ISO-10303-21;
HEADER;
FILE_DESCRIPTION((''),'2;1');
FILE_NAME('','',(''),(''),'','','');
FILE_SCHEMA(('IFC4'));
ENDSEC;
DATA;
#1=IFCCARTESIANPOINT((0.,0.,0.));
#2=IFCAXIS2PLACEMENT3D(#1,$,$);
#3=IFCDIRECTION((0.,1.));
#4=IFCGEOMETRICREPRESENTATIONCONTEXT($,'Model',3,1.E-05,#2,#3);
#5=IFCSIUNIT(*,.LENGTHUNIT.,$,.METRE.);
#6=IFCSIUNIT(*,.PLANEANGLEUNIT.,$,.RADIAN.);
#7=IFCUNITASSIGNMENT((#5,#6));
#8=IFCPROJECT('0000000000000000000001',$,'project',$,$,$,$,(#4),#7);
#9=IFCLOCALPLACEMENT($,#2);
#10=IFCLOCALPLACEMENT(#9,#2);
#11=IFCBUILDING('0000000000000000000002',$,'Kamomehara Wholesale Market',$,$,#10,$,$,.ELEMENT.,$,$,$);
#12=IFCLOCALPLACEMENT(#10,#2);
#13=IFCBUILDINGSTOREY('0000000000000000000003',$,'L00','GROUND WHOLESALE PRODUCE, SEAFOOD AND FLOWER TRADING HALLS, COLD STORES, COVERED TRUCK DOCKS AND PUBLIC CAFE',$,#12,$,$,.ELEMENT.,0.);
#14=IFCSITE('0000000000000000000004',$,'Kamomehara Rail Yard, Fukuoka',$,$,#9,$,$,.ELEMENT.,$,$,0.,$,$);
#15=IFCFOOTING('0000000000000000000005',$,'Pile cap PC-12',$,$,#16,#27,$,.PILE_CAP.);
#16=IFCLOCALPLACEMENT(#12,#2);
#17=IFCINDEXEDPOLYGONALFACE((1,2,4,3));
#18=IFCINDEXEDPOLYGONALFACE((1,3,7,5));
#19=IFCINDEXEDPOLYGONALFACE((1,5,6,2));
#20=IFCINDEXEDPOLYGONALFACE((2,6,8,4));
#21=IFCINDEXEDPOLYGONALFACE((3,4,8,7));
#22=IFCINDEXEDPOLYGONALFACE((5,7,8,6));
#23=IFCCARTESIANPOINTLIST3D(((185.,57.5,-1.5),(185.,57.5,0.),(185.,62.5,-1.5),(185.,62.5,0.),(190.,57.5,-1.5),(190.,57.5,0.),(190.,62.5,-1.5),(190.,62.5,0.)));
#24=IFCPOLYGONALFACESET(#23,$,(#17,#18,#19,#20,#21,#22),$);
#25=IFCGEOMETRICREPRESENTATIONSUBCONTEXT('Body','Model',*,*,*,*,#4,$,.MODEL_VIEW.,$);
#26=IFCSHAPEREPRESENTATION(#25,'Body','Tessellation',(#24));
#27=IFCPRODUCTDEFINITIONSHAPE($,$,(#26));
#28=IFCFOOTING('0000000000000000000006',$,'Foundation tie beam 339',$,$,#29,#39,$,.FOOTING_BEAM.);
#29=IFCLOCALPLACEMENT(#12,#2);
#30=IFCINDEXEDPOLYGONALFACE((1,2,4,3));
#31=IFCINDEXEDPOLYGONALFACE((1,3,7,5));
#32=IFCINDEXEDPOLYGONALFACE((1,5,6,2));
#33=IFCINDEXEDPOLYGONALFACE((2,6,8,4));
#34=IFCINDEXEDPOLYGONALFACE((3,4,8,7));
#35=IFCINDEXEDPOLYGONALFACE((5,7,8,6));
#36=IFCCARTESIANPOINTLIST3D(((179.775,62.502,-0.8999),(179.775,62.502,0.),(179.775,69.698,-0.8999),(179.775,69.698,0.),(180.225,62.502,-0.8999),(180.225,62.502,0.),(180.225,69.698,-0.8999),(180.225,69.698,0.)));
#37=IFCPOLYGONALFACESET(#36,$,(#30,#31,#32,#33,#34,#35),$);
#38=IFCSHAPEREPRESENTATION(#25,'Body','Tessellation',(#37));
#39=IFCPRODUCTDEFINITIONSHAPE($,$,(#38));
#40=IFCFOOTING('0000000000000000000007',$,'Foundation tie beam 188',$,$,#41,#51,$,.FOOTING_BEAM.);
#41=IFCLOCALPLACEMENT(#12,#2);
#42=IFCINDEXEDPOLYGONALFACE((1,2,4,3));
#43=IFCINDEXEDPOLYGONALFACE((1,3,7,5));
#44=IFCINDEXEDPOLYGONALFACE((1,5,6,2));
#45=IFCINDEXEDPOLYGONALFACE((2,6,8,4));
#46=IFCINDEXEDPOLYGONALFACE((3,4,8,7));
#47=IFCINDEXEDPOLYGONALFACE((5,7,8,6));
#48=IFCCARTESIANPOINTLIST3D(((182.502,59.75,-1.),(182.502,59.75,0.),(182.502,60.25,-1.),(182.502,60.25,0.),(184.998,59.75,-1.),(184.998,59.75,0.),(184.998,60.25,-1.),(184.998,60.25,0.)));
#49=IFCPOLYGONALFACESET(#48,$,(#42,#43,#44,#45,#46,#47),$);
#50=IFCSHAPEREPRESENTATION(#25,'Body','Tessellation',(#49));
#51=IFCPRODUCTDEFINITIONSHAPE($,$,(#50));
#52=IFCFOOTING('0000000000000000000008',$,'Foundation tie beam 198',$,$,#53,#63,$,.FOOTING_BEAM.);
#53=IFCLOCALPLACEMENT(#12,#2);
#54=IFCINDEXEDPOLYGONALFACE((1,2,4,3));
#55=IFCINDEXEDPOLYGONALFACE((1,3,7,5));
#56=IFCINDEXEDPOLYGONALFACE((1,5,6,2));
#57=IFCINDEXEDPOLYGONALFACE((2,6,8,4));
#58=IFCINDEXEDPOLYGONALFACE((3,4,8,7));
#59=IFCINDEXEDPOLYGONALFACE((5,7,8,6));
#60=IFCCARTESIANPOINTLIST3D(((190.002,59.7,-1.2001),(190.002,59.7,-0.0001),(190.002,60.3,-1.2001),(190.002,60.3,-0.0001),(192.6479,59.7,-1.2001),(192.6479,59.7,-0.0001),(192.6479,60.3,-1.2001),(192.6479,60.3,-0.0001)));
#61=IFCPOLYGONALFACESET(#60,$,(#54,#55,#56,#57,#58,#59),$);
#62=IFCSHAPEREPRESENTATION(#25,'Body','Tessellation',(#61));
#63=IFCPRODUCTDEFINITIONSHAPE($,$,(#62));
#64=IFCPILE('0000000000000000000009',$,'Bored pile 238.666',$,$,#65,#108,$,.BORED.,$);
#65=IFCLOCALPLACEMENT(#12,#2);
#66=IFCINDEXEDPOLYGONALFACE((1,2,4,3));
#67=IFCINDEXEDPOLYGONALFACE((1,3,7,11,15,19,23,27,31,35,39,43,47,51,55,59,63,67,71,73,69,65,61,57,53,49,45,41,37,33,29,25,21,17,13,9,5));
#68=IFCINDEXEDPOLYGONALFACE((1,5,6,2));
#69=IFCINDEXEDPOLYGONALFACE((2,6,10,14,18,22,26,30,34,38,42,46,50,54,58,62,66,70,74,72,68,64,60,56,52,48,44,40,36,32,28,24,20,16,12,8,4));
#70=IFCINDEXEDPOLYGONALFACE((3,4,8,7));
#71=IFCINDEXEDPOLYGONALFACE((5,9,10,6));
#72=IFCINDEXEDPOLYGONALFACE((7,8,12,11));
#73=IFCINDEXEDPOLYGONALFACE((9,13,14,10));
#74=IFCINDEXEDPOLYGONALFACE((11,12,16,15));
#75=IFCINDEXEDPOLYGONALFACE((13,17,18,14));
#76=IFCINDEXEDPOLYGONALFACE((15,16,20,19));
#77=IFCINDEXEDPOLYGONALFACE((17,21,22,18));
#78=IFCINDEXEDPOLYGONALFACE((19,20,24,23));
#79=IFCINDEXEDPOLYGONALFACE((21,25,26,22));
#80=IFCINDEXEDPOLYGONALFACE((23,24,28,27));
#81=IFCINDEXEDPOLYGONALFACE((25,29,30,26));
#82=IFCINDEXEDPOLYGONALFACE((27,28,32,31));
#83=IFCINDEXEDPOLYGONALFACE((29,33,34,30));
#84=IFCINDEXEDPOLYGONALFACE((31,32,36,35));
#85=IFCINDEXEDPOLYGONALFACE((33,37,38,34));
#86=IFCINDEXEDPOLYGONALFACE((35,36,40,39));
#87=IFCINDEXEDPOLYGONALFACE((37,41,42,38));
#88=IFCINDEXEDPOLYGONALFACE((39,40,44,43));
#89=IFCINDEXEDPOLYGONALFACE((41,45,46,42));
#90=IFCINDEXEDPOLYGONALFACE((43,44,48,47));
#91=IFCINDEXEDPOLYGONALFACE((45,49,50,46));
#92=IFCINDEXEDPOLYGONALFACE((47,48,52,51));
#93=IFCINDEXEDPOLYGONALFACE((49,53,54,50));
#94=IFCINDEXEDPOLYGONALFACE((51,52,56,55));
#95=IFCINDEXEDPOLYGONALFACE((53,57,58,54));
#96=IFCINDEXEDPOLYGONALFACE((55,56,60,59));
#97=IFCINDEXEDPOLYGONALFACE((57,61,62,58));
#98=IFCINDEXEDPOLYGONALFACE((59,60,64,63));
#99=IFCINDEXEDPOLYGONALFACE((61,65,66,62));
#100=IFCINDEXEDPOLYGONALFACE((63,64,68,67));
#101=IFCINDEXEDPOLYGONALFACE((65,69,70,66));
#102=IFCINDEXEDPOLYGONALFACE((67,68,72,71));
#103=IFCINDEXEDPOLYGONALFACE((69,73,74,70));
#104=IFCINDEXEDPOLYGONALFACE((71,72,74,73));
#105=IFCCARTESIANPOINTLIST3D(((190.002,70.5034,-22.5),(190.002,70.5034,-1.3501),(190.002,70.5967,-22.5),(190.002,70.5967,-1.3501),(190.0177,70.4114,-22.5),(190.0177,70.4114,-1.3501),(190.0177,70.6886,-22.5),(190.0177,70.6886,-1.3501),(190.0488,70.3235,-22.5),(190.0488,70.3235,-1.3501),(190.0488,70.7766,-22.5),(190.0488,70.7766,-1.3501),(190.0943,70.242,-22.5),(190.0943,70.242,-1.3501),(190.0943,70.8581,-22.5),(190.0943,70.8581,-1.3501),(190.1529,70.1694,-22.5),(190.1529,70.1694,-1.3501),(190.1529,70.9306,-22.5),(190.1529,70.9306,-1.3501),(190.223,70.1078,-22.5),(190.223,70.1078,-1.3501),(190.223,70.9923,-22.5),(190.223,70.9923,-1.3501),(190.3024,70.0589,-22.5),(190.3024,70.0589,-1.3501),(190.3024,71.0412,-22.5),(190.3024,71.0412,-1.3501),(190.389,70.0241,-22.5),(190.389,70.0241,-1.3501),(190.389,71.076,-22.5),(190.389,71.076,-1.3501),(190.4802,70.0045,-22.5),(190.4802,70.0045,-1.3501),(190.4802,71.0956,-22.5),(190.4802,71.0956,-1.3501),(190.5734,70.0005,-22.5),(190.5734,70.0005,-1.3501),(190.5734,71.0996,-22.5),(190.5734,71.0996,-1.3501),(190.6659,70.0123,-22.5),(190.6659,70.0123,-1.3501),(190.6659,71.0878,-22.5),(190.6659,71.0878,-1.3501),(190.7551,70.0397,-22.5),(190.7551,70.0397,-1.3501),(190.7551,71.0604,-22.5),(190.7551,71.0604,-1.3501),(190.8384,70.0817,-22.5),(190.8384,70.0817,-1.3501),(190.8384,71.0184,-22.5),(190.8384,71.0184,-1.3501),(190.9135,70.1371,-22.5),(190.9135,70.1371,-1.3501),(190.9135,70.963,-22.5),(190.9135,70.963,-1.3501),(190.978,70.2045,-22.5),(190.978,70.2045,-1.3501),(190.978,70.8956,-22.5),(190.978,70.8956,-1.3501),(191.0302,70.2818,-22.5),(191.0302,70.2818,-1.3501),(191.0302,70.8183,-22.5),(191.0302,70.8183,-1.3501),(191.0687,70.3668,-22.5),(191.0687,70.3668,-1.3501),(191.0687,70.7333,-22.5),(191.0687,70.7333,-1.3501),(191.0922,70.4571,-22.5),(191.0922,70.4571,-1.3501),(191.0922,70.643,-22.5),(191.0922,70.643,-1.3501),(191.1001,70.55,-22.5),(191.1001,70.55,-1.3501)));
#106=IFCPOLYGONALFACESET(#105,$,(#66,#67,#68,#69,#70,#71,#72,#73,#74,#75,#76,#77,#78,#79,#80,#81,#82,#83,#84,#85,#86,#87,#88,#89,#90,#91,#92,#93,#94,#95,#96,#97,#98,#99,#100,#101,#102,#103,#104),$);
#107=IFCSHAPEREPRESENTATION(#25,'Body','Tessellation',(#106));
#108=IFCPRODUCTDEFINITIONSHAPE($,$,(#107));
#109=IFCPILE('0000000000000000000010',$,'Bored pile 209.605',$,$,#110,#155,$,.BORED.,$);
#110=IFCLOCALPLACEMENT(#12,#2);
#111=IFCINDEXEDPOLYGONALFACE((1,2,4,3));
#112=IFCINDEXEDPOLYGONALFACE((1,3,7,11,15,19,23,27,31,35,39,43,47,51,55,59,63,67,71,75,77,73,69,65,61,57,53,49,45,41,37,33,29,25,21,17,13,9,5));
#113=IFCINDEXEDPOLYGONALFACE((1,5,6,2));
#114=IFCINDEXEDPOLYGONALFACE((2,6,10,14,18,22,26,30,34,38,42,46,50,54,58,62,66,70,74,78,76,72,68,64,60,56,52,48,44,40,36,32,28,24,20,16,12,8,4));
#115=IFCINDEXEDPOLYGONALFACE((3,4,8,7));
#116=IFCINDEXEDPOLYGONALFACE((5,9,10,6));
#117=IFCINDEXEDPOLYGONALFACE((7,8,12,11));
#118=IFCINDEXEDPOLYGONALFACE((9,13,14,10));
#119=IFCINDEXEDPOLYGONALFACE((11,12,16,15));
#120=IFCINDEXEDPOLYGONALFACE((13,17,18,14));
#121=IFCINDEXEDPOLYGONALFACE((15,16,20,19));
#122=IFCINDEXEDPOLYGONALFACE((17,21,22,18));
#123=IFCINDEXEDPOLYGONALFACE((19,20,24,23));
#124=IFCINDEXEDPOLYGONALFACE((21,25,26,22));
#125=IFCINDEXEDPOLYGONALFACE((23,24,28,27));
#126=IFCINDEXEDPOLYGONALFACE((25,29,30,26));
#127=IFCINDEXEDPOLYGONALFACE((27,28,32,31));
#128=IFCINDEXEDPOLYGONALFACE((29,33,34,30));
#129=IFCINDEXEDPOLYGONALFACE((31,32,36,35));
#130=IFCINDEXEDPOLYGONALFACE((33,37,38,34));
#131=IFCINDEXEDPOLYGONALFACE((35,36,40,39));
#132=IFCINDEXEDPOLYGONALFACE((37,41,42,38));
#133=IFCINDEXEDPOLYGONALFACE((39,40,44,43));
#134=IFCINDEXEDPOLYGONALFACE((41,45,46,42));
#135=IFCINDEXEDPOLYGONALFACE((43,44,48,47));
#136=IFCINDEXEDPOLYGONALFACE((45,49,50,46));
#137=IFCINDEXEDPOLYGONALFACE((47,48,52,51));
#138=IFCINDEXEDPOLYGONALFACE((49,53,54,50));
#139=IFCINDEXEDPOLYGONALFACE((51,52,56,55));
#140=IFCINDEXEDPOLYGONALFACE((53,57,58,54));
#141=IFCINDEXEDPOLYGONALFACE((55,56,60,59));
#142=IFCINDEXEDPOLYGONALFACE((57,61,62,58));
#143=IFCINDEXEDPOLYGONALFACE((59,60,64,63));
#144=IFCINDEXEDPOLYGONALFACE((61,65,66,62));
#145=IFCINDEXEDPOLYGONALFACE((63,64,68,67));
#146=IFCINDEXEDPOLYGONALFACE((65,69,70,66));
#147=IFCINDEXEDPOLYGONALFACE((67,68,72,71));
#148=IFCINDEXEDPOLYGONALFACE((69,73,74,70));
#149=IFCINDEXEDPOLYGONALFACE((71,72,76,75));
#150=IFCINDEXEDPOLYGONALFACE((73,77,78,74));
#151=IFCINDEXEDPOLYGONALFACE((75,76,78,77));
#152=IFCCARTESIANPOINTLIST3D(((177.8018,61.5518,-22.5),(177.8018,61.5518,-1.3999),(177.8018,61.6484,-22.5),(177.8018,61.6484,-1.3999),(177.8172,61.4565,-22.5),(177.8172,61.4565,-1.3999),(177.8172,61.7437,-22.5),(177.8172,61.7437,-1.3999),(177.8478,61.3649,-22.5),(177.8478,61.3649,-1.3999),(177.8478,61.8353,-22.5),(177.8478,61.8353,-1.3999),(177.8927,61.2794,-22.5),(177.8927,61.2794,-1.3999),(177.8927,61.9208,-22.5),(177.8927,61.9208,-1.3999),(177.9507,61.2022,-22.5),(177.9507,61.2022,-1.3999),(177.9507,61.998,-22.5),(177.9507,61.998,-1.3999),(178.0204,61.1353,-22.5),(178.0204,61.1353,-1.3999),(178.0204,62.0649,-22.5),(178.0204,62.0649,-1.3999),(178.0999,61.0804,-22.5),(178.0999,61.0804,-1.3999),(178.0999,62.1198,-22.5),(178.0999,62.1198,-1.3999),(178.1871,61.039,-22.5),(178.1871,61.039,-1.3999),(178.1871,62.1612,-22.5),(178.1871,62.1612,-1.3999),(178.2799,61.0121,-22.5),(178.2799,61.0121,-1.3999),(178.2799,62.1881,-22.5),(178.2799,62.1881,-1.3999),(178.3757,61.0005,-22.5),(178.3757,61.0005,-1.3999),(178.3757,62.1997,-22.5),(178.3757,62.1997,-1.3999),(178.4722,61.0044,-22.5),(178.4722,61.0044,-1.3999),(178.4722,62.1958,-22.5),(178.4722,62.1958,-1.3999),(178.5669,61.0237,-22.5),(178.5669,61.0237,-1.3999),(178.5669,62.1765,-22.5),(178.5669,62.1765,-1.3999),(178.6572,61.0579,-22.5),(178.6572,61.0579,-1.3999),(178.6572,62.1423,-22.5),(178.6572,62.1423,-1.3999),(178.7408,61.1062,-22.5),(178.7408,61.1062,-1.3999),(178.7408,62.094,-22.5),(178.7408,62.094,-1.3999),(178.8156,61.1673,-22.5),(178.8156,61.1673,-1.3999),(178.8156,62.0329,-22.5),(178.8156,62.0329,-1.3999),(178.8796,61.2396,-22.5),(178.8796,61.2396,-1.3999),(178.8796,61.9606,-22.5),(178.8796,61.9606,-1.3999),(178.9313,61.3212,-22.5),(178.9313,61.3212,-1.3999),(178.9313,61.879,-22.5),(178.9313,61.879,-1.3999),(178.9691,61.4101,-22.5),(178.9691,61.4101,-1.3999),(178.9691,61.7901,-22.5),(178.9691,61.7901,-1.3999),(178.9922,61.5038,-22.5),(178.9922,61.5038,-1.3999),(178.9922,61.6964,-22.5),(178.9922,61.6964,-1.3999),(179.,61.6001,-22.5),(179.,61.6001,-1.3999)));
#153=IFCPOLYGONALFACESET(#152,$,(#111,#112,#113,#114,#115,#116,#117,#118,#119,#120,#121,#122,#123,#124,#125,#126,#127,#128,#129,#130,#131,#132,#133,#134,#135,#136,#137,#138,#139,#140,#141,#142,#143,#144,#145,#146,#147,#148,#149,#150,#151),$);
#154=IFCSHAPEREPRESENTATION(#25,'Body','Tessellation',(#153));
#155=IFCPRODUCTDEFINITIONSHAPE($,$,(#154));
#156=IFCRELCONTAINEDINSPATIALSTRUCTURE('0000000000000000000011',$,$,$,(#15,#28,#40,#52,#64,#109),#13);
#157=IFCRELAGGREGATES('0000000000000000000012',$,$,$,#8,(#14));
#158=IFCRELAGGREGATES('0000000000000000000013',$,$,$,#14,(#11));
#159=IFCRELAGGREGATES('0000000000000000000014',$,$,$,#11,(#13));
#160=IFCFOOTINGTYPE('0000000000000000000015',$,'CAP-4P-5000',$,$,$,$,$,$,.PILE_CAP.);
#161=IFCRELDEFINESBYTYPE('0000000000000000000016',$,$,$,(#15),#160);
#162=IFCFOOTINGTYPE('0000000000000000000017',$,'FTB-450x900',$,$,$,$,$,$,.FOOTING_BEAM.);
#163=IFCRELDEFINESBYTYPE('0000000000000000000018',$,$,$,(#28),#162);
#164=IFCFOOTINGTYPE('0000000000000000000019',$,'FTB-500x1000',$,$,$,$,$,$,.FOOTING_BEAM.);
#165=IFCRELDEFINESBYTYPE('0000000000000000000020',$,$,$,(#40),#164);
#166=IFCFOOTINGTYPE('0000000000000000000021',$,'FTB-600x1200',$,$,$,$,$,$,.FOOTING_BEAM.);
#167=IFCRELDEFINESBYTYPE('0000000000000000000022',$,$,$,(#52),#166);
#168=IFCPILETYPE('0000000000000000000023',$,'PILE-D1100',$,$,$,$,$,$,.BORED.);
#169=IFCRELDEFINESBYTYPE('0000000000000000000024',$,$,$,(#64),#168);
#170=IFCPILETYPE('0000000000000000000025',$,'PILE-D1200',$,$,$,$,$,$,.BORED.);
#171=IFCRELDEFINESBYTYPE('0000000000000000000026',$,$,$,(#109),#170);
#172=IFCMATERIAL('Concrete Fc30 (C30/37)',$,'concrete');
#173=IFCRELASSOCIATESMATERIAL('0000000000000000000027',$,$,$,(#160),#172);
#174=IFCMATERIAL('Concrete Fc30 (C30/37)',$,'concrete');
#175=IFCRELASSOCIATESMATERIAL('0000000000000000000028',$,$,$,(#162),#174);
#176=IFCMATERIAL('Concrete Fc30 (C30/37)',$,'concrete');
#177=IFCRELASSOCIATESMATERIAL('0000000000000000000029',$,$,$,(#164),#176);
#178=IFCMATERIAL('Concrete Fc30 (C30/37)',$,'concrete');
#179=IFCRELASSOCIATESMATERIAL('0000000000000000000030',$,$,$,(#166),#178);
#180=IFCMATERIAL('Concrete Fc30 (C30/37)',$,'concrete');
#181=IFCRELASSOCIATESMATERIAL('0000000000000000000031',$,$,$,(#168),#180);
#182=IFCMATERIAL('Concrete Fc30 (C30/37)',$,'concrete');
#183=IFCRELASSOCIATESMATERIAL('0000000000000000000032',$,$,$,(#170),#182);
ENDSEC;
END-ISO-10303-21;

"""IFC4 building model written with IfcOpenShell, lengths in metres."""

from ifc_helpers import new_model, si_unit, direction, frame, origin, origin_2d, place, context, subcontext, project, spatial, rectangle, circle, extrude, material, material_profile, profile_set, type_object, element, save


model = new_model("IFC4")

# Units and contexts
model_context = context("Model", 3, precision=1e-05, world=origin(), true_north=direction((0.0, 1.0)))
body_context = subcontext(model_context, "Body", "Model", "MODEL_VIEW")
ifc_project = project(units=[si_unit("LENGTHUNIT", "METRE"), si_unit("PLANEANGLEUNIT", "RADIAN")], contexts=[model_context])

# Site, building, storey
site_placement = place(None, origin())
site = spatial("IfcSite", under=ifc_project, at=site_placement, Name="Kamomehara Rail Yard, Fukuoka", CompositionType="ELEMENT", RefElevation=0.0)
building_placement = place(site_placement, origin())
building = spatial("IfcBuilding", under=site, at=building_placement, Name="Kamomehara Wholesale Market", CompositionType="ELEMENT")
storey_placement = place(building_placement, origin())
storey = spatial("IfcBuildingStorey", under=building, at=storey_placement, Name="L00", Description="GROUND WHOLESALE PRODUCE, SEAFOOD AND FLOWER TRADING HALLS, COLD STORES, COVERED TRUCK DOCKS AND PUBLIC CAFE", CompositionType="ELEMENT", Elevation=0.0)

# Footings
ifc_material_1 = material(Name="Concrete Fc30 (C30/37)", Category="concrete")
footing_type_1 = type_object("IfcFootingType", Name="CAP-4P-5000", PredefinedType="PILE_CAP", material=ifc_material_1)
footing_1_placement = place(storey_placement, frame((187.5, 60.0, -1.5), z_axis=(0.0, 0.0, 1.0), x_axis=(1.0, 0.0, 0.0)))
element("IfcFooting", 1, at=footing_1_placement, inside=storey, type_object=footing_type_1, Name="Pile cap PC-12", PredefinedType="PILE_CAP", context=body_context, shape_type="SweptSolid", body=[
    extrude(rectangle(XDim=5.0, YDim=5.0, at=origin_2d()), origin(), (0.0, 0.0, 1.0), 1.5),
])
ifc_material_2 = material(Name="Concrete Fc30 (C30/37)", Category="concrete")
ifc_material_profile_1 = material_profile(ifc_material_2, rectangle(XDim=0.45, YDim=0.8999, at=origin_2d()), Name="RC-FTB-450x900")
ifc_profile_set_1 = profile_set([ifc_material_profile_1], Name="Concrete Fc30 (C30/37)")
footing_type_2 = type_object("IfcFootingType", Name="FTB-450x900", PredefinedType="FOOTING_BEAM", material=ifc_profile_set_1)
footing_2_placement = place(storey_placement, frame((180.0, 62.502, -0.45), z_axis=(0.0, 1.0, 0.0), x_axis=(-1.0, 0.0, 0.0)))
element("IfcFooting", 2, at=footing_2_placement, inside=storey, type_object=footing_type_2, Name="Foundation tie beam 339", PredefinedType="FOOTING_BEAM", context=body_context, shape_type="SweptSolid", body=[
    extrude(rectangle(XDim=0.45, YDim=0.8999, at=origin_2d()), origin(), (0.0, 0.0, 1.0), 7.196),
])
ifc_material_3 = material(Name="Concrete Fc30 (C30/37)", Category="concrete")
ifc_material_profile_2 = material_profile(ifc_material_3, rectangle(XDim=0.5, YDim=1.0, at=origin_2d()), Name="RC-FTB-500x1000")
ifc_profile_set_2 = profile_set([ifc_material_profile_2], Name="Concrete Fc30 (C30/37)")
footing_type_3 = type_object("IfcFootingType", Name="FTB-500x1000", PredefinedType="FOOTING_BEAM", material=ifc_profile_set_2)
footing_3_placement = place(storey_placement, frame((182.502, 60.0, -0.5), z_axis=(1.0, 0.0, 0.0), x_axis=(0.0, 1.0, 0.0)))
element("IfcFooting", 3, at=footing_3_placement, inside=storey, type_object=footing_type_3, Name="Foundation tie beam 188", PredefinedType="FOOTING_BEAM", context=body_context, shape_type="SweptSolid", body=[
    extrude(rectangle(XDim=0.5, YDim=1.0, at=origin_2d()), origin(), (0.0, 0.0, 1.0), 2.4961),
])
ifc_material_4 = material(Name="Concrete Fc30 (C30/37)", Category="concrete")
ifc_material_profile_3 = material_profile(ifc_material_4, rectangle(XDim=0.6001, YDim=1.2, at=origin_2d()), Name="RC-FTB-600x1200")
ifc_profile_set_3 = profile_set([ifc_material_profile_3], Name="Concrete Fc30 (C30/37)")
footing_type_4 = type_object("IfcFootingType", Name="FTB-600x1200", PredefinedType="FOOTING_BEAM", material=ifc_profile_set_3)
footing_4_placement = place(storey_placement, frame((190.002, 60.0, -0.6001), z_axis=(1.0, 0.0, 0.0), x_axis=(0.0, 1.0, 0.0)))
element("IfcFooting", 4, at=footing_4_placement, inside=storey, type_object=footing_type_4, Name="Foundation tie beam 198", PredefinedType="FOOTING_BEAM", context=body_context, shape_type="SweptSolid", body=[
    extrude(rectangle(XDim=0.6001, YDim=1.2, at=origin_2d()), origin(), (0.0, 0.0, 1.0), 2.646),
])

# Piles
ifc_material_5 = material(Name="Concrete Fc30 (C30/37)", Category="concrete")
ifc_material_profile_4 = material_profile(ifc_material_5, circle(Radius=0.55, at=origin_2d()), Name="RC-PILE-D1100")
ifc_profile_set_4 = profile_set([ifc_material_profile_4], Name="Concrete Fc30 (C30/37)")
pile_type_1 = type_object("IfcPileType", Name="PILE-D1100", PredefinedType="BORED", material=ifc_profile_set_4)
pile_placement = place(storey_placement, frame((190.55, 70.55, -1.3501), z_axis=(0.0, 0.0, -1.0), x_axis=(1.0, 0.0, 0.0)))
element("IfcPile", 5, at=pile_placement, inside=storey, type_object=pile_type_1, Name="Bored pile 238.666", PredefinedType="BORED", context=body_context, shape_type="SweptSolid", body=[
    extrude(circle(Radius=0.55, at=origin_2d()), origin(), (0.0, 0.0, 1.0), 21.1499),
])
ifc_material_6 = material(Name="Concrete Fc30 (C30/37)", Category="concrete")
ifc_material_profile_5 = material_profile(ifc_material_6, circle(Radius=0.6001, at=origin_2d()), Name="RC-PILE-D1200")
ifc_profile_set_5 = profile_set([ifc_material_profile_5], Name="Concrete Fc30 (C30/37)")
pile_type_2 = type_object("IfcPileType", Name="PILE-D1200", PredefinedType="BORED", material=ifc_profile_set_5)
for number, where, z_axis, x_axis, name in (
    (6, (178.3999, 61.6001, -1.3999), (0.0, 0.0, -1.0), (1.0, 0.0, 0.0), "Bored pile 209.605"),
):
    element("IfcPile", number, at=place(storey_placement, frame(where, z_axis=z_axis, x_axis=x_axis)), inside=storey, type_object=pile_type_2, Name=name, PredefinedType="BORED", context=body_context, shape_type="SweptSolid", body=[
        extrude(circle(Radius=0.6001, at=origin_2d()), origin(), (0.0, 0.0, 1.0), 21.1001),
    ])

save(model, "model.ifc")
